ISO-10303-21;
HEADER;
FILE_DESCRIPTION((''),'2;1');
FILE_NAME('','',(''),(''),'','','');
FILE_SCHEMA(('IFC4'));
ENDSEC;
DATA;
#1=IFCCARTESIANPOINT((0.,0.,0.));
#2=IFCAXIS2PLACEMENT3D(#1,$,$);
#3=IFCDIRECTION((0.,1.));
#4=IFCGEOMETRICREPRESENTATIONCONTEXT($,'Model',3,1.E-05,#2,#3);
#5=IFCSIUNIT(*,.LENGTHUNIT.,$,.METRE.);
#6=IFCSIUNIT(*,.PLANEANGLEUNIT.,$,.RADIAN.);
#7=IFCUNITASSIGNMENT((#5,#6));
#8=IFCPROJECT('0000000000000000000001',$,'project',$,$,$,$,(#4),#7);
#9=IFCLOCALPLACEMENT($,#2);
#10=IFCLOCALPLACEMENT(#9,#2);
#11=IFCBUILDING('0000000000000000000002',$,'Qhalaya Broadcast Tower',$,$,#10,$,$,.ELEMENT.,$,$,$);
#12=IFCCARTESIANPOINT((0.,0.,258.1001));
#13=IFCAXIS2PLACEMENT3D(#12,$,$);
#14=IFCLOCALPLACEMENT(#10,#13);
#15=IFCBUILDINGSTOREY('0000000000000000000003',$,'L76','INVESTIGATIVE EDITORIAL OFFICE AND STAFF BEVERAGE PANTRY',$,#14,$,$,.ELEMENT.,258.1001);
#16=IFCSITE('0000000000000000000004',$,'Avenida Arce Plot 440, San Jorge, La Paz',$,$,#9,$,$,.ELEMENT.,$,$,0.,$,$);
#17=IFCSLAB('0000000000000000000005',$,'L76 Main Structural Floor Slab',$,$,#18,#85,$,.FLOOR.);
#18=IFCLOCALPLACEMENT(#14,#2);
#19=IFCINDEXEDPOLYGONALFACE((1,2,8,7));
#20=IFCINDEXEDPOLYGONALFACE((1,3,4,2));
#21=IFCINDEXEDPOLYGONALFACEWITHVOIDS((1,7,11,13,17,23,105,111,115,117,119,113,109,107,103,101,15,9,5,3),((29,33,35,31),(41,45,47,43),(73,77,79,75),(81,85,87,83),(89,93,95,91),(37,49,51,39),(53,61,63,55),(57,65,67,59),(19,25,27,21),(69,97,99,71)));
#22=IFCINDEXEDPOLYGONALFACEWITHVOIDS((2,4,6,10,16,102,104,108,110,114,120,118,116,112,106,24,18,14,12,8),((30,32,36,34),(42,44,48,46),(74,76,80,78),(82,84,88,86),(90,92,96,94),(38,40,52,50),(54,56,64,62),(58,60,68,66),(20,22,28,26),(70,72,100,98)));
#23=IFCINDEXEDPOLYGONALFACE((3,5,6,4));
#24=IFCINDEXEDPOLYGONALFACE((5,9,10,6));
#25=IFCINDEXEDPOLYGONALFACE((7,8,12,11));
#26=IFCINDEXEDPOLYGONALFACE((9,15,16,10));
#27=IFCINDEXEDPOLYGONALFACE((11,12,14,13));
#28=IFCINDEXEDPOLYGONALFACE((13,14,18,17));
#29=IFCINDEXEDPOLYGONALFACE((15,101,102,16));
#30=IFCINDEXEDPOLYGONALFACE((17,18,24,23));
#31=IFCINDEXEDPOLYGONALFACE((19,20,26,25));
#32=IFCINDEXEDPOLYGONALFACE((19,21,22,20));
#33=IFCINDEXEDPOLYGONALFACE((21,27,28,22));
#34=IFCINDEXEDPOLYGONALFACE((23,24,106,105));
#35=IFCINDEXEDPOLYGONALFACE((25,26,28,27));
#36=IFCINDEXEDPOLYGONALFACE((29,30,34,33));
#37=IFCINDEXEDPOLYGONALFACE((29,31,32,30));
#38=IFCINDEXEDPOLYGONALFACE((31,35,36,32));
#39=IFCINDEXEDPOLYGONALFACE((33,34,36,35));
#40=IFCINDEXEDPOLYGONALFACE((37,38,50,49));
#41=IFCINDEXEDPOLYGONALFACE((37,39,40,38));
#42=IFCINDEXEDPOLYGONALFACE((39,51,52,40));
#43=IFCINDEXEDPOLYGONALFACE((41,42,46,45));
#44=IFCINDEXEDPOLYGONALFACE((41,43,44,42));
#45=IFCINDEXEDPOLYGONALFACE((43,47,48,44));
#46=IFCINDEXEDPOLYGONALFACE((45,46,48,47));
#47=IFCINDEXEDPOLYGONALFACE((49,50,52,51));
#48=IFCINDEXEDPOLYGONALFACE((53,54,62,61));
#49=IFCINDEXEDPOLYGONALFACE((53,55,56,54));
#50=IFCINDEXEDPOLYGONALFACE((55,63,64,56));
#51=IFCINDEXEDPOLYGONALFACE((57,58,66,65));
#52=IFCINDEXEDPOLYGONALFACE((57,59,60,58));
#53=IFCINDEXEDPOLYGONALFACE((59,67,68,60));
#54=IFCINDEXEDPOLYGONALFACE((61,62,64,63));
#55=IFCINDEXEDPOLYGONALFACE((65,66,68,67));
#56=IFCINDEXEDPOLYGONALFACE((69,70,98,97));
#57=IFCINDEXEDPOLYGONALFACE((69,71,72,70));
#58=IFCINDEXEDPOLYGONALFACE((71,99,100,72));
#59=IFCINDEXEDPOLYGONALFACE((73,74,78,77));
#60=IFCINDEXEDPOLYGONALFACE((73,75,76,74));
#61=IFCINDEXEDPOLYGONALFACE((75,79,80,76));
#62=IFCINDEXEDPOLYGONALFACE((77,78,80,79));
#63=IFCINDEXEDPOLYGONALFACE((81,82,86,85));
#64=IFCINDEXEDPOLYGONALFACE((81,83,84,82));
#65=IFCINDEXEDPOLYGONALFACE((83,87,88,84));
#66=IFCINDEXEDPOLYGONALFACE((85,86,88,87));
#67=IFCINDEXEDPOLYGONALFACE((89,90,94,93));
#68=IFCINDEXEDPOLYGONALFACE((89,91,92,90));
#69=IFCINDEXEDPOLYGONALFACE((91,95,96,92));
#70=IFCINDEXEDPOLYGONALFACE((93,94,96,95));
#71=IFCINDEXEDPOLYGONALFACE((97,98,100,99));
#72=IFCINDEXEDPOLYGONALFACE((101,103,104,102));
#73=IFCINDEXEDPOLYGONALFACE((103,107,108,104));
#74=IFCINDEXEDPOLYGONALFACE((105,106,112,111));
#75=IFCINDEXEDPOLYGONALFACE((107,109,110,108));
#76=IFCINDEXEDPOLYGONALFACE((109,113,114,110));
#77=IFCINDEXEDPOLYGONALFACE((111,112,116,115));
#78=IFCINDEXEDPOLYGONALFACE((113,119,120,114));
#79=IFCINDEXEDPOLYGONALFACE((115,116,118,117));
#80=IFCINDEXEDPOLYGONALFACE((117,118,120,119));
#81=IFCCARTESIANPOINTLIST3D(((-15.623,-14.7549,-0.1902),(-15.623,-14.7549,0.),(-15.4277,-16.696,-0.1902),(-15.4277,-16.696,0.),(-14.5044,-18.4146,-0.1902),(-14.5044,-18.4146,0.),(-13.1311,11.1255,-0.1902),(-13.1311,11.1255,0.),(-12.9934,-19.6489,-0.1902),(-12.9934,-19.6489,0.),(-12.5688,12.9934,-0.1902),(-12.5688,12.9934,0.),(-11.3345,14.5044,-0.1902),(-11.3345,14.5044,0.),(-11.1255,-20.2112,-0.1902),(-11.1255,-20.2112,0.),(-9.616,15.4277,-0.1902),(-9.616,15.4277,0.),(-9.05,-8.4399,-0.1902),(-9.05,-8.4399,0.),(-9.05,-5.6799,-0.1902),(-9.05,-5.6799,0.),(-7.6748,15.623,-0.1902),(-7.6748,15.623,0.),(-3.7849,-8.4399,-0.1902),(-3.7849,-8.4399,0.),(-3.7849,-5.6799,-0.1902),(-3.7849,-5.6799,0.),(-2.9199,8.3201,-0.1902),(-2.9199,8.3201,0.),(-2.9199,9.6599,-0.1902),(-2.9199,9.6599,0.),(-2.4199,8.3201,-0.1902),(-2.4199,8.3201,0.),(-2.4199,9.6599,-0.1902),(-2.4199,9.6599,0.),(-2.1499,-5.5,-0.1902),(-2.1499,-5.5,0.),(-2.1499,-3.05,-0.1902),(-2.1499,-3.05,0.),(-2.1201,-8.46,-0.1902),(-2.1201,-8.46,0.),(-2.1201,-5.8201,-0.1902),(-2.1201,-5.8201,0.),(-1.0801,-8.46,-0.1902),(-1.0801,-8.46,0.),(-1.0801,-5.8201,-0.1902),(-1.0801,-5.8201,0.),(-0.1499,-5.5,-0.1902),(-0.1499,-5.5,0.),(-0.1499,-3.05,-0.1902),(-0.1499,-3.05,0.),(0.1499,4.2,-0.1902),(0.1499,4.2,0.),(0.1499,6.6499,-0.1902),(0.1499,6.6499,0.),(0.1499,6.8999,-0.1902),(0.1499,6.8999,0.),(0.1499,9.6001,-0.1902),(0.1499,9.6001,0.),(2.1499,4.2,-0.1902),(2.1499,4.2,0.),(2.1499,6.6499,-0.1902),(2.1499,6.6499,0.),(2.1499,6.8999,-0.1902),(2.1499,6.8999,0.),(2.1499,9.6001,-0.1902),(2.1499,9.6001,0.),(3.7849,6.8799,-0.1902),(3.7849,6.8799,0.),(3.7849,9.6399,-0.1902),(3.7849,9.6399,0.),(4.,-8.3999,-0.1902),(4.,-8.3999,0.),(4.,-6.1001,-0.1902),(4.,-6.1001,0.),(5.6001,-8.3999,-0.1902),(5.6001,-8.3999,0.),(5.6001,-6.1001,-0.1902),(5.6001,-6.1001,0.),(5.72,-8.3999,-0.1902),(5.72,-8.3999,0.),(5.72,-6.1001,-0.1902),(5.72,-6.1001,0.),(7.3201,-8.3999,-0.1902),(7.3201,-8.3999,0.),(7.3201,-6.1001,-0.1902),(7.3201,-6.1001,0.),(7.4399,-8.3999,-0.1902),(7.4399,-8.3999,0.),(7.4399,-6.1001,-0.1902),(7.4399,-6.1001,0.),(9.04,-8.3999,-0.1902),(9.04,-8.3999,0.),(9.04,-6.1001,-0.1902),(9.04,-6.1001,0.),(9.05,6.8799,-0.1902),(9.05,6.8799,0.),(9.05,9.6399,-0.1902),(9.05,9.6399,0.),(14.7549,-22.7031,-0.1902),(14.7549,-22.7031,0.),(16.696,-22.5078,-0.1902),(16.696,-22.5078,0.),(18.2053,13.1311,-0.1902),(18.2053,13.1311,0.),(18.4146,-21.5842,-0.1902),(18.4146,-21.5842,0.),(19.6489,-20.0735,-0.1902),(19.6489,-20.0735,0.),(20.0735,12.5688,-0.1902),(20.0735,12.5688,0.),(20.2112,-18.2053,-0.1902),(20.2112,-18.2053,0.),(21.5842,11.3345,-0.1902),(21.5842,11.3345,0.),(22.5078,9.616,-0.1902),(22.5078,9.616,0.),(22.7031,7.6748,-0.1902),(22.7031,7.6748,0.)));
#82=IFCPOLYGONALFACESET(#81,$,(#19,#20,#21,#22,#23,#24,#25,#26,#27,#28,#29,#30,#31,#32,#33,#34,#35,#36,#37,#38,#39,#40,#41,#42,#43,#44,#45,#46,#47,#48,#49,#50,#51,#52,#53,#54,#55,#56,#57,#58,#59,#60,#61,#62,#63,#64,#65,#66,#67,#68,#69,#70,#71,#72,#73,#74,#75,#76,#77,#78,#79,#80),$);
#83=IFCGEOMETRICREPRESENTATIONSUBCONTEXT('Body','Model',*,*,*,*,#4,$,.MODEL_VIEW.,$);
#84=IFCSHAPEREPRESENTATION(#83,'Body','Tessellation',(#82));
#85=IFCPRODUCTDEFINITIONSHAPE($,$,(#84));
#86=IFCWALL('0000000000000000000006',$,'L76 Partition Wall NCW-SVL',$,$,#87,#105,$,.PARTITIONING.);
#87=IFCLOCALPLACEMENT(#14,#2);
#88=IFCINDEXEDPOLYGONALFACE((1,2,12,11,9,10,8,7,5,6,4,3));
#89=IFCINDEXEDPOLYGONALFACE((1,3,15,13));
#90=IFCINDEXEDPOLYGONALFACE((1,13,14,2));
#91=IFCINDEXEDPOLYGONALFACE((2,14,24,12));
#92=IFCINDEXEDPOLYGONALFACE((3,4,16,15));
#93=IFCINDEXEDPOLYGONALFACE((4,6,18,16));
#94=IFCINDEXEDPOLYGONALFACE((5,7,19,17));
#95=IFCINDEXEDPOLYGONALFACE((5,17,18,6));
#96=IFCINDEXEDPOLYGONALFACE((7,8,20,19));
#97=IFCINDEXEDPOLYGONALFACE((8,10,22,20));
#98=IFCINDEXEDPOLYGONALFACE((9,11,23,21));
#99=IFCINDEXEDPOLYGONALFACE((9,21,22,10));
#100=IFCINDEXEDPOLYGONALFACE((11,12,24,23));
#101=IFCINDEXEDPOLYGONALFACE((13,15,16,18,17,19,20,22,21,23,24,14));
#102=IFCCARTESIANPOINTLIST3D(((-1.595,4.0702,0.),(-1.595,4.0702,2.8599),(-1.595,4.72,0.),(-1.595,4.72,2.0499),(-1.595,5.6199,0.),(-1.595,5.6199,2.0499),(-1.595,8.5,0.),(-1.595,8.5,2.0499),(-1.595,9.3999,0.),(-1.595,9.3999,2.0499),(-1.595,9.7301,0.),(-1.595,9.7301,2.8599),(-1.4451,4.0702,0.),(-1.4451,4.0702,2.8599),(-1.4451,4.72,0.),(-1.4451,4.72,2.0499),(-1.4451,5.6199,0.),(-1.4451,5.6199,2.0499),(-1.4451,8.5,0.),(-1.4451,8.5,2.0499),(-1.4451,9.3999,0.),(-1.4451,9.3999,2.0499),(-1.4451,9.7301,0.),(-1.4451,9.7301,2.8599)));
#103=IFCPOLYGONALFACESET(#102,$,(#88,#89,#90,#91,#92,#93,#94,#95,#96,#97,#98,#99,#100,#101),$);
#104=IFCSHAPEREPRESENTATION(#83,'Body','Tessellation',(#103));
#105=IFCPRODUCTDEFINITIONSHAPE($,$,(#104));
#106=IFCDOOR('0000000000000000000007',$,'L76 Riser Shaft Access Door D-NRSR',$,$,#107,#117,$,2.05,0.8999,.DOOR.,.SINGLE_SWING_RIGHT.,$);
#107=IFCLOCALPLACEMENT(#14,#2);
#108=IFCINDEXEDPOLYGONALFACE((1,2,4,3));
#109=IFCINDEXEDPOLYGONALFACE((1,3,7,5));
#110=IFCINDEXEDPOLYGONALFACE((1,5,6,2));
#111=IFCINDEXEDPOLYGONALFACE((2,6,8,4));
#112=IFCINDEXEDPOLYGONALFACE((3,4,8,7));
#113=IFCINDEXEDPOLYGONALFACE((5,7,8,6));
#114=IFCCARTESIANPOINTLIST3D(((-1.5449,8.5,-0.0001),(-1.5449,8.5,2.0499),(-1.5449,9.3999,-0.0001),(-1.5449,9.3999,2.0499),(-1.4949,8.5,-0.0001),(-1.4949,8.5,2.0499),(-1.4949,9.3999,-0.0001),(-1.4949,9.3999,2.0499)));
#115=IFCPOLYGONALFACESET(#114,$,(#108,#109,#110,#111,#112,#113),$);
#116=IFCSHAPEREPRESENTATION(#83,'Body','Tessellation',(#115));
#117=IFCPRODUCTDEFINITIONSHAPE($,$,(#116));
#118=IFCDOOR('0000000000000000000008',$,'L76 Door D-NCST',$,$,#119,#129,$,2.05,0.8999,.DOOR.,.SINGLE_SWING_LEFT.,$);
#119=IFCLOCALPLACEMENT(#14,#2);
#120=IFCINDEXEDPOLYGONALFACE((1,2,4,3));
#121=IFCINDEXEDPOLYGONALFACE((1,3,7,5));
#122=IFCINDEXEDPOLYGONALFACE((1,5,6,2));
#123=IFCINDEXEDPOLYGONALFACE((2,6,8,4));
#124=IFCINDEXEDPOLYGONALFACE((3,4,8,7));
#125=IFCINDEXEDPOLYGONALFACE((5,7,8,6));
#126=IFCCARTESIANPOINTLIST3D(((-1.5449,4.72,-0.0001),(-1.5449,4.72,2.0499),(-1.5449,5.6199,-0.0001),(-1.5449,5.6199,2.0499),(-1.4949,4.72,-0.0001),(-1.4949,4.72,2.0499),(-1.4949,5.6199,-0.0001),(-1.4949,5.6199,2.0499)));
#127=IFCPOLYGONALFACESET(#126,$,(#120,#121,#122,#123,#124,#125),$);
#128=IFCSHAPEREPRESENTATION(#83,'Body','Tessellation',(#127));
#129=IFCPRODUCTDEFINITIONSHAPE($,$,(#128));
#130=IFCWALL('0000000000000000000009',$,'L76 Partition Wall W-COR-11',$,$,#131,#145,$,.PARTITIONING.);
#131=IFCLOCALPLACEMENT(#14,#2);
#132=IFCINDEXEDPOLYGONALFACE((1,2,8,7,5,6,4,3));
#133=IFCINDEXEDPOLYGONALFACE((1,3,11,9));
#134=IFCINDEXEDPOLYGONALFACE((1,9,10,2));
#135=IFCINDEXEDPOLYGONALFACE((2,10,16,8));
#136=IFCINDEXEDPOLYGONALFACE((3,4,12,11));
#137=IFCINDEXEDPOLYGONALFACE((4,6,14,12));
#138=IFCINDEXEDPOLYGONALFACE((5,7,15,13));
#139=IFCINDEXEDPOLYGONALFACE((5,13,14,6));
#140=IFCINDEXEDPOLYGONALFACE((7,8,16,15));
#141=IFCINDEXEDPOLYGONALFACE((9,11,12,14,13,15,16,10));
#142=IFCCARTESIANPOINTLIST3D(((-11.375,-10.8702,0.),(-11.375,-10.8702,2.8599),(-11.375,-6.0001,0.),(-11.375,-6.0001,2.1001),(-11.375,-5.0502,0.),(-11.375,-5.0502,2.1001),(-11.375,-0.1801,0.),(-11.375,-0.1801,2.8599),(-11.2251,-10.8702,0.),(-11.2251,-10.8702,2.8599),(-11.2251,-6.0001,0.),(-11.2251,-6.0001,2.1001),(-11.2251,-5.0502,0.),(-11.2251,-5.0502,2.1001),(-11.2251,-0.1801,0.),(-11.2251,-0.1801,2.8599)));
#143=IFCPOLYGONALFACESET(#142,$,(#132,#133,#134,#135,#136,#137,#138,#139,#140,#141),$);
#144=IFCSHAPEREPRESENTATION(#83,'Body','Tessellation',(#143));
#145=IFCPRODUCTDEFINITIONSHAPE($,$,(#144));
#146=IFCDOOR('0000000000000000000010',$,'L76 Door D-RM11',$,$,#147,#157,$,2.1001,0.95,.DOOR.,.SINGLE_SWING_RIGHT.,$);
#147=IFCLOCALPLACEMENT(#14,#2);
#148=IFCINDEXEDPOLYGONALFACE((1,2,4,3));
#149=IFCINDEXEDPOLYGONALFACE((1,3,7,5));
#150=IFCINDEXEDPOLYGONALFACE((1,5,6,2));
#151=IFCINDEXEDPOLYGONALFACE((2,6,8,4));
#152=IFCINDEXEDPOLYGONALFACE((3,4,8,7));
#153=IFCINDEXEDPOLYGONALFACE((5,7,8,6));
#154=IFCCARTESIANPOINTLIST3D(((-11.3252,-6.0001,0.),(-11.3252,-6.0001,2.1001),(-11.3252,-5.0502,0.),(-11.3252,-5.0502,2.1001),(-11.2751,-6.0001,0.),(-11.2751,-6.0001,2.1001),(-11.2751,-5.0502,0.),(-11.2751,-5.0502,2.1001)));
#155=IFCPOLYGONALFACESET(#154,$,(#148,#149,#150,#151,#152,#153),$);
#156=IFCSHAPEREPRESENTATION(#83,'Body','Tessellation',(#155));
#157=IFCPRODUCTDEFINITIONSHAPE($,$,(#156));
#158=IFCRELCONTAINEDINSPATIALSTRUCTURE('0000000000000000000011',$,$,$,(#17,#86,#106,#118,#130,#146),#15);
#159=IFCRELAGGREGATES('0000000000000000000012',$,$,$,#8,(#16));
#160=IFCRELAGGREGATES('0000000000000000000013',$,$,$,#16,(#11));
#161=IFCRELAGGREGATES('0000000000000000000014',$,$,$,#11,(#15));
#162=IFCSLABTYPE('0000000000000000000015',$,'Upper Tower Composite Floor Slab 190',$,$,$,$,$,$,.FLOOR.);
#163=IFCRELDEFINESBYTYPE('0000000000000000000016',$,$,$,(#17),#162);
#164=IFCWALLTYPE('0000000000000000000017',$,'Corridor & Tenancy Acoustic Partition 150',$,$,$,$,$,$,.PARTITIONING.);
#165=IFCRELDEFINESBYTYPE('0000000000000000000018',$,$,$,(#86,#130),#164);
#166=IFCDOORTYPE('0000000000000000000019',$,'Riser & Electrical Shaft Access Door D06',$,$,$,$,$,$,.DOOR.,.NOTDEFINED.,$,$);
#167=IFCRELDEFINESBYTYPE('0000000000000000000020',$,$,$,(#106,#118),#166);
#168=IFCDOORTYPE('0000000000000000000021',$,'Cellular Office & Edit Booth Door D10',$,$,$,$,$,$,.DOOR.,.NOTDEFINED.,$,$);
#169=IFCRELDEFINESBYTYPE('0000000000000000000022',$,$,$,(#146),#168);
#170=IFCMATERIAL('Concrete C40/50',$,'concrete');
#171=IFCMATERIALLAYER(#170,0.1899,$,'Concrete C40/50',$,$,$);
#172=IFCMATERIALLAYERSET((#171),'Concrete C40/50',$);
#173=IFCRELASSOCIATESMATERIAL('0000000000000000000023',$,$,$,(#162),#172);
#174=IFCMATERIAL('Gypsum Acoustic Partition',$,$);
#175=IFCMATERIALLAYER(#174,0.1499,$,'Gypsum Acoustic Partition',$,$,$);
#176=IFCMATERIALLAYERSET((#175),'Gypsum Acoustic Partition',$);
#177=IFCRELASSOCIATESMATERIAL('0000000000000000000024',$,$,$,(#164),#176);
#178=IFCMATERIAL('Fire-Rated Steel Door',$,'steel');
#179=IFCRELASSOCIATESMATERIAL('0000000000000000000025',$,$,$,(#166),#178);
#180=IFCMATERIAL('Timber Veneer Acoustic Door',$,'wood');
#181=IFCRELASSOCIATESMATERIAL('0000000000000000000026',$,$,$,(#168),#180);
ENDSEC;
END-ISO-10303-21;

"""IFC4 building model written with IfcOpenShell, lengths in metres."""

from ifc_helpers import new_model, si_unit, direction, frame, frame_2d, origin, place, context, subcontext, project, spatial, polyline, rectangle, outline, extrude, material, layer, layer_set, type_object, element, fill, save


model = new_model("IFC4")

# Units and contexts
model_context = context("Model", 3, precision=1e-05, world=origin(), true_north=direction((0.0, 1.0)))
body_context = subcontext(model_context, "Body", "Model", "MODEL_VIEW")
ifc_project = project(units=[si_unit("LENGTHUNIT", "METRE"), si_unit("PLANEANGLEUNIT", "RADIAN")], contexts=[model_context])

# Site, building, storey
site_placement = place(None, origin())
site = spatial("IfcSite", under=ifc_project, at=site_placement, Name="Avenida Arce Plot 440, San Jorge, La Paz", CompositionType="ELEMENT", RefElevation=0.0)
building_placement = place(site_placement, origin())
building = spatial("IfcBuilding", under=site, at=building_placement, Name="Qhalaya Broadcast Tower", CompositionType="ELEMENT")
storey_placement = place(building_placement, frame((0.0, 0.0, 258.1001)))
storey = spatial("IfcBuildingStorey", under=building, at=storey_placement, Name="L76", Description="INVESTIGATIVE EDITORIAL OFFICE AND STAFF BEVERAGE PANTRY", CompositionType="ELEMENT", Elevation=258.1001)

# Shared definitions
ifc_material_1 = material(Name="Concrete C40/50", Category="concrete")

# Slab
ifc_layer_1 = layer(ifc_material_1, 0.1899, Name="Concrete C40/50")
ifc_layer_set_1 = layer_set([ifc_layer_1], Name="Concrete C40/50")
slab_type_1 = type_object("IfcSlabType", Name="Upper Tower Composite Floor Slab 190", PredefinedType="FLOOR", material=ifc_layer_set_1)
slab_1_placement = place(storey_placement, frame((0.0, 0.0, -0.1902)))
element("IfcSlab", 1, at=slab_1_placement, inside=storey, type_object=slab_type_1, Name="L76 Main Structural Floor Slab", PredefinedType="FLOOR", context=body_context, shape_type="SweptSolid", body=[
    extrude(outline(polyline([(14.7549, -22.7031), (16.696, -22.5078), (18.4146, -21.5842), (19.6489, -20.0735), (20.2112, -18.2053), (22.7031, 7.6748), (22.5078, 9.616), (21.5842, 11.3345), (20.0735, 12.5688), (18.2053, 13.1311), (-7.6748, 15.623), (-9.616, 15.4277), (-11.3345, 14.5044), (-12.5688, 12.9934), (-13.1311, 11.1255), (-15.623, -14.7549), (-15.4277, -16.696), (-14.5044, -18.4146), (-12.9934, -19.6489), (-11.1255, -20.2112), (14.7549, -22.7031)]), holes=[polyline([(3.7849, 9.6399), (9.05, 9.6399), (9.05, 6.8799), (3.7849, 6.8799), (3.7849, 9.6399)]), polyline([(-3.7849, -8.4399), (-9.05, -8.4399), (-9.05, -5.6799), (-3.7849, -5.6799), (-3.7849, -8.4399)]), polyline([(0.1499, 6.6499), (2.1499, 6.6499), (2.1499, 4.2), (0.1499, 4.2), (0.1499, 6.6499)]), polyline([(0.1499, 9.6001), (2.1499, 9.6001), (2.1499, 6.8999), (0.1499, 6.8999), (0.1499, 9.6001)]), polyline([(-2.1499, -3.05), (-0.1499, -3.05), (-0.1499, -5.5), (-2.1499, -5.5), (-2.1499, -3.05)]), polyline([(4.0, -6.1001), (5.6001, -6.1001), (5.6001, -8.3999), (4.0, -8.3999), (4.0, -6.1001)]), polyline([(5.72, -6.1001), (7.3201, -6.1001), (7.3201, -8.3999), (5.72, -8.3999), (5.72, -6.1001)]), polyline([(7.4399, -6.1001), (9.04, -6.1001), (9.04, -8.3999), (7.4399, -8.3999), (7.4399, -6.1001)]), polyline([(-2.9199, 9.6599), (-2.4199, 9.6599), (-2.4199, 8.3201), (-2.9199, 8.3201), (-2.9199, 9.6599)]), polyline([(-2.1201, -5.8201), (-1.0801, -5.8201), (-1.0801, -8.46), (-2.1201, -8.46), (-2.1201, -5.8201)])]), origin(), (0.0, 0.0, 1.0), 0.1902),
])

# Wall, openings, doors
ifc_material_2 = material(Name="Gypsum Acoustic Partition")
ifc_layer_2 = layer(ifc_material_2, 0.1499, Name="Gypsum Acoustic Partition")
ifc_layer_set_2 = layer_set([ifc_layer_2], Name="Gypsum Acoustic Partition")
wall_type_1 = type_object("IfcWallType", Name="Corridor & Tenancy Acoustic Partition 150", PredefinedType="PARTITIONING", material=ifc_layer_set_2)
wall_1_placement = place(storey_placement, frame((-1.52, 4.0701, 0.0), z_axis=(0.0, 0.0, 1.0), x_axis=(0.0, 1.0, 0.0)))
wall_1 = element("IfcWall", 2, at=wall_1_placement, inside=storey, type_object=wall_type_1, Name="L76 Partition Wall NCW-SVL", PredefinedType="PARTITIONING", context=body_context, shape_type="SweptSolid", body=[
    extrude(rectangle(XDim=5.6599, YDim=0.1499, at=frame_2d((2.8301, 0.0))), origin(), (0.0, 0.0, 1.0), 2.8599),
])
opening_1_placement = place(wall_1_placement, frame((4.4299, 0.0, 0.0)))
opening_1 = element("IfcOpeningElement", 3, at=opening_1_placement, cuts=wall_1, PredefinedType="OPENING", context=body_context, shape_type="SweptSolid", body=[
    extrude(rectangle(XDim=0.8999, YDim=2.05, at=frame_2d((0.45, 1.0249))), frame((0.0, 0.0869, 0.0), z_axis=(0.0, -1.0, 0.0), x_axis=(1.0, 0.0, 0.0)), (0.0, 0.0, 1.0), 0.1738),
])
opening_2_placement = place(wall_1_placement, frame((0.6499, 0.0, 0.0)))
opening_2 = element("IfcOpeningElement", 4, at=opening_2_placement, cuts=wall_1, PredefinedType="OPENING", context=body_context, shape_type="SweptSolid", body=[
    extrude(rectangle(XDim=0.8999, YDim=2.05, at=frame_2d((0.45, 1.0249))), frame((0.0, 0.0869, 0.0), z_axis=(0.0, -1.0, 0.0), x_axis=(1.0, 0.0, 0.0)), (0.0, 0.0, 1.0), 0.1738),
])
ifc_material_3 = material(Name="Fire-Rated Steel Door", Category="steel")
door_type_1 = type_object("IfcDoorType", Name="Riser & Electrical Shaft Access Door D06", OperationType="NOTDEFINED", PredefinedType="DOOR", material=ifc_material_3)
door_1_placement = place(opening_1_placement, origin())
door_1 = element("IfcDoor", 5, at=door_1_placement, inside=storey, type_object=door_type_1, Name="L76 Riser Shaft Access Door D-NRSR", OperationType="SINGLE_SWING_RIGHT", OverallHeight=2.05, OverallWidth=0.8999, PredefinedType="DOOR", context=body_context, shape_type="SweptSolid", body=[
    extrude(rectangle(XDim=0.8999, YDim=2.05, at=frame_2d((0.45, 1.0249))), frame((0.0, 0.0249, 0.0), z_axis=(0.0, -1.0, 0.0), x_axis=(1.0, 0.0, 0.0)), (0.0, 0.0, 1.0), 0.05),
])
fill(opening_1, door_1)
door_2_placement = place(opening_2_placement, origin())
door_2 = element("IfcDoor", 6, at=door_2_placement, inside=storey, type_object=door_type_1, Name="L76 Door D-NCST", OperationType="SINGLE_SWING_LEFT", OverallHeight=2.05, OverallWidth=0.8999, PredefinedType="DOOR", context=body_context, shape_type="SweptSolid", body=[
    extrude(rectangle(XDim=0.8999, YDim=2.05, at=frame_2d((0.45, 1.0249))), frame((0.0, 0.0249, 0.0), z_axis=(0.0, -1.0, 0.0), x_axis=(1.0, 0.0, 0.0)), (0.0, 0.0, 1.0), 0.05),
])
fill(opening_2, door_2)

# Wall, opening, door
wall_2_placement = place(storey_placement, frame((-11.3, -0.1799, 0.0), z_axis=(0.0, 0.0, 1.0), x_axis=(0.0, -1.0, 0.0)))
wall_2 = element("IfcWall", 7, at=wall_2_placement, inside=storey, type_object=wall_type_1, Name="L76 Partition Wall W-COR-11", PredefinedType="PARTITIONING", context=body_context, shape_type="SweptSolid", body=[
    extrude(rectangle(XDim=10.6902, YDim=0.1499, at=frame_2d((5.3452, 0.0))), origin(), (0.0, 0.0, 1.0), 2.8599),
])
opening_3_placement = place(wall_2_placement, frame((4.8701, 0.0, 0.0)))
opening_3 = element("IfcOpeningElement", 8, at=opening_3_placement, cuts=wall_2, PredefinedType="OPENING", context=body_context, shape_type="SweptSolid", body=[
    extrude(rectangle(XDim=0.95, YDim=2.1001, at=frame_2d((0.4751, 1.05))), frame((0.0, 0.0869, 0.0), z_axis=(0.0, -1.0, 0.0), x_axis=(1.0, 0.0, 0.0)), (0.0, 0.0, 1.0), 0.1738),
])
ifc_material_4 = material(Name="Timber Veneer Acoustic Door", Category="wood")
door_type_2 = type_object("IfcDoorType", Name="Cellular Office & Edit Booth Door D10", OperationType="NOTDEFINED", PredefinedType="DOOR", material=ifc_material_4)
door_3_placement = place(opening_3_placement, origin())
door_3 = element("IfcDoor", 9, at=door_3_placement, inside=storey, type_object=door_type_2, Name="L76 Door D-RM11", OperationType="SINGLE_SWING_RIGHT", OverallHeight=2.1001, OverallWidth=0.95, PredefinedType="DOOR", context=body_context, shape_type="SweptSolid", body=[
    extrude(rectangle(XDim=0.95, YDim=2.1001, at=frame_2d((0.4751, 1.05))), frame((0.0, 0.0249, 0.0), z_axis=(0.0, -1.0, 0.0), x_axis=(1.0, 0.0, 0.0)), (0.0, 0.0, 1.0), 0.05),
])
fill(opening_3, door_3)

save(model, "model.ifc")
